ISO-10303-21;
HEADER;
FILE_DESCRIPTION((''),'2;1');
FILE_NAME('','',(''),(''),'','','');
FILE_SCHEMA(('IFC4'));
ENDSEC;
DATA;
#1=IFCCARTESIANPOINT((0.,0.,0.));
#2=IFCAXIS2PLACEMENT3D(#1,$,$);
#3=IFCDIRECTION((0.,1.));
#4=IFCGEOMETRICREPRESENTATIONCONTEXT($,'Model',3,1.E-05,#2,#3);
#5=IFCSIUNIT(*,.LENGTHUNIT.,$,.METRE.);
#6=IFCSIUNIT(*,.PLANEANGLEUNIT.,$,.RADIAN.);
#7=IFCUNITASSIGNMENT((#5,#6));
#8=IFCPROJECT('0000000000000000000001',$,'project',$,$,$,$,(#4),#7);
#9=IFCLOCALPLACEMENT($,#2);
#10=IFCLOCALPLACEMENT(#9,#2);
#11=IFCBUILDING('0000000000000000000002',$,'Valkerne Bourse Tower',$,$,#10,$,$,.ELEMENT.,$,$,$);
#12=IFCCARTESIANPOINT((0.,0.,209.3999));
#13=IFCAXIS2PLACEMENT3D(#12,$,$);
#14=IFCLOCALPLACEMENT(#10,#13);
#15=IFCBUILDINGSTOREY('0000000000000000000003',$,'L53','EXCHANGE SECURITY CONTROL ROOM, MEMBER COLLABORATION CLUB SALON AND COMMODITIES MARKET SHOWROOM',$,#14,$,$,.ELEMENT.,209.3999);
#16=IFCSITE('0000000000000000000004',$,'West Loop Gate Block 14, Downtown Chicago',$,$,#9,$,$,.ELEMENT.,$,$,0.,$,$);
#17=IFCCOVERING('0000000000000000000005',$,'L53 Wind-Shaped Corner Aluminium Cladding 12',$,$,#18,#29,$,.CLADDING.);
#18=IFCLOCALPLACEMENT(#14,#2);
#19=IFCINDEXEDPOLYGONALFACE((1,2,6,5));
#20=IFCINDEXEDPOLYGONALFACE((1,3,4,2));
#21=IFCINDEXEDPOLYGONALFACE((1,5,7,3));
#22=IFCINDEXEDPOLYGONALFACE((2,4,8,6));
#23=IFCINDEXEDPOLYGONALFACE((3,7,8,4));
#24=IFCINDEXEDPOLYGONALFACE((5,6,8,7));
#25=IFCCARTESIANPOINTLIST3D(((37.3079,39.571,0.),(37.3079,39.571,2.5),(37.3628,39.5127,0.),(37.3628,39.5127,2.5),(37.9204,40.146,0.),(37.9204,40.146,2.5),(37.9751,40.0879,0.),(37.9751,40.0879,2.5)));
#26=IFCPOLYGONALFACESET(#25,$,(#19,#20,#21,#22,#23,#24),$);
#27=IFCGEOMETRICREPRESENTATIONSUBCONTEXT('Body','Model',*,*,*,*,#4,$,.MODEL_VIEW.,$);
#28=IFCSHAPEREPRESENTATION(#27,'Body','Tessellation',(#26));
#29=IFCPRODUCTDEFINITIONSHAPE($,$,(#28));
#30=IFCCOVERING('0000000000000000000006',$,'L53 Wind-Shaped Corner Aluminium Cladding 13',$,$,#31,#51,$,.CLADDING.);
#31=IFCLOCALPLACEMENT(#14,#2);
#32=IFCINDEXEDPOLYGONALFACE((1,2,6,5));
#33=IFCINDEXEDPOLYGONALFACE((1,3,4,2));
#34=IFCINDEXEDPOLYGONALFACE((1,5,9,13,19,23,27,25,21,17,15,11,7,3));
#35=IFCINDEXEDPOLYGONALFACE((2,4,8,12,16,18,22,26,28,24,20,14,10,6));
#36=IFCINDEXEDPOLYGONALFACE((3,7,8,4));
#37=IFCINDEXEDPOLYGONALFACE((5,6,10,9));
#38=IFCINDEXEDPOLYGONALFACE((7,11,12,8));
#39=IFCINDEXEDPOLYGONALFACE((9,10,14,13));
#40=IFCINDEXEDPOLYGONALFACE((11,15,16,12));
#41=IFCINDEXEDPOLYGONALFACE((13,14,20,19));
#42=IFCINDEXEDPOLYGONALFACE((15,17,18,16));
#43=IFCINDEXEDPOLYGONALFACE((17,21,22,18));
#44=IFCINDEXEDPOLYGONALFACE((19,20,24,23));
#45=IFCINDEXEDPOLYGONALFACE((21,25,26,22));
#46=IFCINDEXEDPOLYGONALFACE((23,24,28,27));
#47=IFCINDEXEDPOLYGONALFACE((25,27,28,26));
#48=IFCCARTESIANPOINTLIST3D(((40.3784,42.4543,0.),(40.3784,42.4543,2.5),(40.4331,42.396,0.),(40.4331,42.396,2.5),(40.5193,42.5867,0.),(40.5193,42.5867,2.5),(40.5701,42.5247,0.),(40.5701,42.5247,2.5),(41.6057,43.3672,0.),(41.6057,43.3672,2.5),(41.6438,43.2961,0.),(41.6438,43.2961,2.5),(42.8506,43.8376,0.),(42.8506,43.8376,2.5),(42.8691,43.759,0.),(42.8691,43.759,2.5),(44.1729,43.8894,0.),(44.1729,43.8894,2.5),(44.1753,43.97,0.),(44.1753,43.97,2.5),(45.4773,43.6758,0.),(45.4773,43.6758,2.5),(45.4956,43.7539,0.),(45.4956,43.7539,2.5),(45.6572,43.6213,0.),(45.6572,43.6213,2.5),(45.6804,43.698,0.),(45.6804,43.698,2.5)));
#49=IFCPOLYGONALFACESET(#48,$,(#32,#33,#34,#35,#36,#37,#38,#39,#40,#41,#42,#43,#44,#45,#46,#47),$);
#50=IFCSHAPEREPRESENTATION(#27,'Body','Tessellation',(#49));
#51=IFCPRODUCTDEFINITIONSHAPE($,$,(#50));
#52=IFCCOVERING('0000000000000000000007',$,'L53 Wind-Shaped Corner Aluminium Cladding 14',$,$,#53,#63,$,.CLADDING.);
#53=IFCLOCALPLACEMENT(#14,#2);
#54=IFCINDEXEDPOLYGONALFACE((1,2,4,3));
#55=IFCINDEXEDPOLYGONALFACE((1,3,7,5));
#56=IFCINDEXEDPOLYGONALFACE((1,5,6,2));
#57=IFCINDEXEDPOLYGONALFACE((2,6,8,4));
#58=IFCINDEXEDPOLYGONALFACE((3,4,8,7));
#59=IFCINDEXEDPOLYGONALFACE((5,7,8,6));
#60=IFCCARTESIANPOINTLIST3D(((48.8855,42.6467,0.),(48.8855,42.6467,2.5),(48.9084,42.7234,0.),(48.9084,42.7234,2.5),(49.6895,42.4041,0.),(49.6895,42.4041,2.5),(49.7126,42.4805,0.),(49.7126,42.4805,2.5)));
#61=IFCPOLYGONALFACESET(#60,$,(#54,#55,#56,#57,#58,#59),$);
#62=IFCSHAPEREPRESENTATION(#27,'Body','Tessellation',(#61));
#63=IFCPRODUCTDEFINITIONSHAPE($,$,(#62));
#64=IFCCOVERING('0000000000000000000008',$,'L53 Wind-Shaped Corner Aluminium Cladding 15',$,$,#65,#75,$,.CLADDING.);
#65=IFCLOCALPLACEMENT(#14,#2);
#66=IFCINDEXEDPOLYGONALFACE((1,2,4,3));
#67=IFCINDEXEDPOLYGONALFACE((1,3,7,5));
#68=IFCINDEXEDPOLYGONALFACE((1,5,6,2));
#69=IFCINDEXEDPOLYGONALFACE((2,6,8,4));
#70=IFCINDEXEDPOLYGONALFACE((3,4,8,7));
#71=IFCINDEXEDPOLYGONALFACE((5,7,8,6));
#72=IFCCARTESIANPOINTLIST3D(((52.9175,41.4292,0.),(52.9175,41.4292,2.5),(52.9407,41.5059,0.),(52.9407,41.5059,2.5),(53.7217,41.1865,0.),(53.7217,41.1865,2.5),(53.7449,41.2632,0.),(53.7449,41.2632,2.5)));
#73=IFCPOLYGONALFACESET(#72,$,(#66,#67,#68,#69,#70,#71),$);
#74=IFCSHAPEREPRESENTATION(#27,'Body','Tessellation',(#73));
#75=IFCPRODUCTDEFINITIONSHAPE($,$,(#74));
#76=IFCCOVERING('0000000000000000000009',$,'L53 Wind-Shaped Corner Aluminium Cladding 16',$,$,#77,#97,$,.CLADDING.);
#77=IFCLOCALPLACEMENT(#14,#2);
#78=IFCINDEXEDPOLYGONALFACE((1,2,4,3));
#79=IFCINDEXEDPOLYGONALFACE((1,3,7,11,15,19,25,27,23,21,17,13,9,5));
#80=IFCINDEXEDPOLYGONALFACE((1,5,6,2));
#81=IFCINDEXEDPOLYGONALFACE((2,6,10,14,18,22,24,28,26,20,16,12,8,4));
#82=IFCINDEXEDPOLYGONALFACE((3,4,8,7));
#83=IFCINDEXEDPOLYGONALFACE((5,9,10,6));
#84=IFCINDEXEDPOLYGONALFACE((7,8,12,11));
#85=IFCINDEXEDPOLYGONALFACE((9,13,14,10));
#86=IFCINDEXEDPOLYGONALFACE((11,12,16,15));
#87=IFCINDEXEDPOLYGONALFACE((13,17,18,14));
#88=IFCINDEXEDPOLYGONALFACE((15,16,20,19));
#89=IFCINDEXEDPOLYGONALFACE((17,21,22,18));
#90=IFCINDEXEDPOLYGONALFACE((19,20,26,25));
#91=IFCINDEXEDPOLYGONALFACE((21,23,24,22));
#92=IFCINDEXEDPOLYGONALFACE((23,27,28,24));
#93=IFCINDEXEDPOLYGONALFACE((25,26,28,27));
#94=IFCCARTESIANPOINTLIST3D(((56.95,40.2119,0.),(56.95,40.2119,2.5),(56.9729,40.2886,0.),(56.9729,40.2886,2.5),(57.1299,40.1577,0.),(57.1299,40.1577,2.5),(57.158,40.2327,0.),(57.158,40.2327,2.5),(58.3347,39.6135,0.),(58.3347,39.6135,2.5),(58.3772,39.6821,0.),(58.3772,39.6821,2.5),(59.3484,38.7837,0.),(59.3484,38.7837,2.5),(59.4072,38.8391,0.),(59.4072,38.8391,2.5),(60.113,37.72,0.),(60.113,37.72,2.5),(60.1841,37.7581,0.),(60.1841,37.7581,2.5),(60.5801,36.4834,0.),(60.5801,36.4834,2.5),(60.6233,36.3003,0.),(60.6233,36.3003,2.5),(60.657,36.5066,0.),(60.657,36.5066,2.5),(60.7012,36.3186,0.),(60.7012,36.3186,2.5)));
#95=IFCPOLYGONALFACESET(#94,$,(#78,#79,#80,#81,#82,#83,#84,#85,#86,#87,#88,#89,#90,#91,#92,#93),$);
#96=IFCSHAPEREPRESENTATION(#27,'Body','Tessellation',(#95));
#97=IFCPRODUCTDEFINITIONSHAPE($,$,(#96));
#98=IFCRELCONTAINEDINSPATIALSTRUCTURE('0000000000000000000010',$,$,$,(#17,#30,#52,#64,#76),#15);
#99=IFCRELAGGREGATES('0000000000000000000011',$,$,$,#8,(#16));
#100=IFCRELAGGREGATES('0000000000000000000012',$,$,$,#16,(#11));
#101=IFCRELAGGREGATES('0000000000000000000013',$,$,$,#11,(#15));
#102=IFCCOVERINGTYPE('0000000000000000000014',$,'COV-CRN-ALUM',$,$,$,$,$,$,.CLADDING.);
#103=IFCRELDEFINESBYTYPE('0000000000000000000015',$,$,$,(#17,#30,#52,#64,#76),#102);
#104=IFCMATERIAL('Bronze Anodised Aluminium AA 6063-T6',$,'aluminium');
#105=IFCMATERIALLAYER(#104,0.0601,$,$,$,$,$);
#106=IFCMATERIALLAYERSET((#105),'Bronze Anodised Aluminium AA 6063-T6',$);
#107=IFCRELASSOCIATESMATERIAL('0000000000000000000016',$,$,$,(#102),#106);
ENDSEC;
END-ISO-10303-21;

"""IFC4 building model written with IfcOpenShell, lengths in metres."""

from ifc_helpers import new_model, si_unit, direction, frame, origin, place, context, subcontext, project, spatial, polyline, outline, extrude, material, layer, layer_set, type_object, element, save


model = new_model("IFC4")

# Units and contexts
model_context = context("Model", 3, precision=1e-05, world=origin(), true_north=direction((0.0, 1.0)))
body_context = subcontext(model_context, "Body", "Model", "MODEL_VIEW")
ifc_project = project(units=[si_unit("LENGTHUNIT", "METRE"), si_unit("PLANEANGLEUNIT", "RADIAN")], contexts=[model_context])

# Site, building, storey
site_placement = place(None, origin())
site = spatial("IfcSite", under=ifc_project, at=site_placement, Name="West Loop Gate Block 14, Downtown Chicago", CompositionType="ELEMENT", RefElevation=0.0)
building_placement = place(site_placement, origin())
building = spatial("IfcBuilding", under=site, at=building_placement, Name="Valkerne Bourse Tower", CompositionType="ELEMENT")
storey_placement = place(building_placement, frame((0.0, 0.0, 209.3999)))
storey = spatial("IfcBuildingStorey", under=building, at=storey_placement, Name="L53", Description="EXCHANGE SECURITY CONTROL ROOM, MEMBER COLLABORATION CLUB SALON AND COMMODITIES MARKET SHOWROOM", CompositionType="ELEMENT", Elevation=209.3999)

# Coverings
ifc_material_1 = material(Name="Bronze Anodised Aluminium AA 6063-T6", Category="aluminium")
ifc_layer_1 = layer(ifc_material_1, 0.0601)
ifc_layer_set_1 = layer_set([ifc_layer_1], Name="Bronze Anodised Aluminium AA 6063-T6")
covering_type = type_object("IfcCoveringType", Name="COV-CRN-ALUM", PredefinedType="CLADDING", material=ifc_layer_set_1)
covering_1_placement = place(storey_placement, origin())
element("IfcCovering", 1, at=covering_1_placement, inside=storey, type_object=covering_type, Name="L53 Wind-Shaped Corner Aluminium Cladding 12", PredefinedType="CLADDING", context=body_context, shape_type="SweptSolid", body=[
    extrude(outline(polyline([(37.9204, 40.146), (37.9751, 40.0879), (37.3628, 39.5127), (37.3079, 39.571), (37.9204, 40.146)])), origin(), (0.0, 0.0, 1.0), 2.5),
])
covering_2_placement = place(storey_placement, origin())
element("IfcCovering", 2, at=covering_2_placement, inside=storey, type_object=covering_type, Name="L53 Wind-Shaped Corner Aluminium Cladding 13", PredefinedType="CLADDING", context=body_context, shape_type="SweptSolid", body=[
    extrude(outline(polyline([(40.5193, 42.5867), (41.6057, 43.3672), (42.8506, 43.8376), (44.1753, 43.97), (45.4956, 43.7539), (45.6804, 43.698), (45.6572, 43.6213), (45.4773, 43.6758), (44.1729, 43.8894), (42.8691, 43.759), (41.6438, 43.2961), (40.5701, 42.5247), (40.4331, 42.396), (40.3784, 42.4543), (40.5193, 42.5867)])), origin(), (0.0, 0.0, 1.0), 2.5),
])
covering_3_placement = place(storey_placement, origin())
element("IfcCovering", 3, at=covering_3_placement, inside=storey, type_object=covering_type, Name="L53 Wind-Shaped Corner Aluminium Cladding 14", PredefinedType="CLADDING", context=body_context, shape_type="SweptSolid", body=[
    extrude(outline(polyline([(49.7126, 42.4805), (49.6895, 42.4041), (48.8855, 42.6467), (48.9084, 42.7234), (49.7126, 42.4805)])), origin(), (0.0, 0.0, 1.0), 2.5),
])
covering_4_placement = place(storey_placement, origin())
element("IfcCovering", 4, at=covering_4_placement, inside=storey, type_object=covering_type, Name="L53 Wind-Shaped Corner Aluminium Cladding 15", PredefinedType="CLADDING", context=body_context, shape_type="SweptSolid", body=[
    extrude(outline(polyline([(53.7449, 41.2632), (53.7217, 41.1865), (52.9175, 41.4292), (52.9407, 41.5059), (53.7449, 41.2632)])), origin(), (0.0, 0.0, 1.0), 2.5),
])
covering_5_placement = place(storey_placement, origin())
element("IfcCovering", 5, at=covering_5_placement, inside=storey, type_object=covering_type, Name="L53 Wind-Shaped Corner Aluminium Cladding 16", PredefinedType="CLADDING", context=body_context, shape_type="SweptSolid", body=[
    extrude(outline(polyline([(57.158, 40.2327), (58.3772, 39.6821), (59.4072, 38.8391), (60.1841, 37.7581), (60.657, 36.5066), (60.7012, 36.3186), (60.6233, 36.3003), (60.5801, 36.4834), (60.113, 37.72), (59.3484, 38.7837), (58.3347, 39.6135), (57.1299, 40.1577), (56.95, 40.2119), (56.9729, 40.2886), (57.158, 40.2327)])), origin(), (0.0, 0.0, 1.0), 2.5),
])

save(model, "model.ifc")
